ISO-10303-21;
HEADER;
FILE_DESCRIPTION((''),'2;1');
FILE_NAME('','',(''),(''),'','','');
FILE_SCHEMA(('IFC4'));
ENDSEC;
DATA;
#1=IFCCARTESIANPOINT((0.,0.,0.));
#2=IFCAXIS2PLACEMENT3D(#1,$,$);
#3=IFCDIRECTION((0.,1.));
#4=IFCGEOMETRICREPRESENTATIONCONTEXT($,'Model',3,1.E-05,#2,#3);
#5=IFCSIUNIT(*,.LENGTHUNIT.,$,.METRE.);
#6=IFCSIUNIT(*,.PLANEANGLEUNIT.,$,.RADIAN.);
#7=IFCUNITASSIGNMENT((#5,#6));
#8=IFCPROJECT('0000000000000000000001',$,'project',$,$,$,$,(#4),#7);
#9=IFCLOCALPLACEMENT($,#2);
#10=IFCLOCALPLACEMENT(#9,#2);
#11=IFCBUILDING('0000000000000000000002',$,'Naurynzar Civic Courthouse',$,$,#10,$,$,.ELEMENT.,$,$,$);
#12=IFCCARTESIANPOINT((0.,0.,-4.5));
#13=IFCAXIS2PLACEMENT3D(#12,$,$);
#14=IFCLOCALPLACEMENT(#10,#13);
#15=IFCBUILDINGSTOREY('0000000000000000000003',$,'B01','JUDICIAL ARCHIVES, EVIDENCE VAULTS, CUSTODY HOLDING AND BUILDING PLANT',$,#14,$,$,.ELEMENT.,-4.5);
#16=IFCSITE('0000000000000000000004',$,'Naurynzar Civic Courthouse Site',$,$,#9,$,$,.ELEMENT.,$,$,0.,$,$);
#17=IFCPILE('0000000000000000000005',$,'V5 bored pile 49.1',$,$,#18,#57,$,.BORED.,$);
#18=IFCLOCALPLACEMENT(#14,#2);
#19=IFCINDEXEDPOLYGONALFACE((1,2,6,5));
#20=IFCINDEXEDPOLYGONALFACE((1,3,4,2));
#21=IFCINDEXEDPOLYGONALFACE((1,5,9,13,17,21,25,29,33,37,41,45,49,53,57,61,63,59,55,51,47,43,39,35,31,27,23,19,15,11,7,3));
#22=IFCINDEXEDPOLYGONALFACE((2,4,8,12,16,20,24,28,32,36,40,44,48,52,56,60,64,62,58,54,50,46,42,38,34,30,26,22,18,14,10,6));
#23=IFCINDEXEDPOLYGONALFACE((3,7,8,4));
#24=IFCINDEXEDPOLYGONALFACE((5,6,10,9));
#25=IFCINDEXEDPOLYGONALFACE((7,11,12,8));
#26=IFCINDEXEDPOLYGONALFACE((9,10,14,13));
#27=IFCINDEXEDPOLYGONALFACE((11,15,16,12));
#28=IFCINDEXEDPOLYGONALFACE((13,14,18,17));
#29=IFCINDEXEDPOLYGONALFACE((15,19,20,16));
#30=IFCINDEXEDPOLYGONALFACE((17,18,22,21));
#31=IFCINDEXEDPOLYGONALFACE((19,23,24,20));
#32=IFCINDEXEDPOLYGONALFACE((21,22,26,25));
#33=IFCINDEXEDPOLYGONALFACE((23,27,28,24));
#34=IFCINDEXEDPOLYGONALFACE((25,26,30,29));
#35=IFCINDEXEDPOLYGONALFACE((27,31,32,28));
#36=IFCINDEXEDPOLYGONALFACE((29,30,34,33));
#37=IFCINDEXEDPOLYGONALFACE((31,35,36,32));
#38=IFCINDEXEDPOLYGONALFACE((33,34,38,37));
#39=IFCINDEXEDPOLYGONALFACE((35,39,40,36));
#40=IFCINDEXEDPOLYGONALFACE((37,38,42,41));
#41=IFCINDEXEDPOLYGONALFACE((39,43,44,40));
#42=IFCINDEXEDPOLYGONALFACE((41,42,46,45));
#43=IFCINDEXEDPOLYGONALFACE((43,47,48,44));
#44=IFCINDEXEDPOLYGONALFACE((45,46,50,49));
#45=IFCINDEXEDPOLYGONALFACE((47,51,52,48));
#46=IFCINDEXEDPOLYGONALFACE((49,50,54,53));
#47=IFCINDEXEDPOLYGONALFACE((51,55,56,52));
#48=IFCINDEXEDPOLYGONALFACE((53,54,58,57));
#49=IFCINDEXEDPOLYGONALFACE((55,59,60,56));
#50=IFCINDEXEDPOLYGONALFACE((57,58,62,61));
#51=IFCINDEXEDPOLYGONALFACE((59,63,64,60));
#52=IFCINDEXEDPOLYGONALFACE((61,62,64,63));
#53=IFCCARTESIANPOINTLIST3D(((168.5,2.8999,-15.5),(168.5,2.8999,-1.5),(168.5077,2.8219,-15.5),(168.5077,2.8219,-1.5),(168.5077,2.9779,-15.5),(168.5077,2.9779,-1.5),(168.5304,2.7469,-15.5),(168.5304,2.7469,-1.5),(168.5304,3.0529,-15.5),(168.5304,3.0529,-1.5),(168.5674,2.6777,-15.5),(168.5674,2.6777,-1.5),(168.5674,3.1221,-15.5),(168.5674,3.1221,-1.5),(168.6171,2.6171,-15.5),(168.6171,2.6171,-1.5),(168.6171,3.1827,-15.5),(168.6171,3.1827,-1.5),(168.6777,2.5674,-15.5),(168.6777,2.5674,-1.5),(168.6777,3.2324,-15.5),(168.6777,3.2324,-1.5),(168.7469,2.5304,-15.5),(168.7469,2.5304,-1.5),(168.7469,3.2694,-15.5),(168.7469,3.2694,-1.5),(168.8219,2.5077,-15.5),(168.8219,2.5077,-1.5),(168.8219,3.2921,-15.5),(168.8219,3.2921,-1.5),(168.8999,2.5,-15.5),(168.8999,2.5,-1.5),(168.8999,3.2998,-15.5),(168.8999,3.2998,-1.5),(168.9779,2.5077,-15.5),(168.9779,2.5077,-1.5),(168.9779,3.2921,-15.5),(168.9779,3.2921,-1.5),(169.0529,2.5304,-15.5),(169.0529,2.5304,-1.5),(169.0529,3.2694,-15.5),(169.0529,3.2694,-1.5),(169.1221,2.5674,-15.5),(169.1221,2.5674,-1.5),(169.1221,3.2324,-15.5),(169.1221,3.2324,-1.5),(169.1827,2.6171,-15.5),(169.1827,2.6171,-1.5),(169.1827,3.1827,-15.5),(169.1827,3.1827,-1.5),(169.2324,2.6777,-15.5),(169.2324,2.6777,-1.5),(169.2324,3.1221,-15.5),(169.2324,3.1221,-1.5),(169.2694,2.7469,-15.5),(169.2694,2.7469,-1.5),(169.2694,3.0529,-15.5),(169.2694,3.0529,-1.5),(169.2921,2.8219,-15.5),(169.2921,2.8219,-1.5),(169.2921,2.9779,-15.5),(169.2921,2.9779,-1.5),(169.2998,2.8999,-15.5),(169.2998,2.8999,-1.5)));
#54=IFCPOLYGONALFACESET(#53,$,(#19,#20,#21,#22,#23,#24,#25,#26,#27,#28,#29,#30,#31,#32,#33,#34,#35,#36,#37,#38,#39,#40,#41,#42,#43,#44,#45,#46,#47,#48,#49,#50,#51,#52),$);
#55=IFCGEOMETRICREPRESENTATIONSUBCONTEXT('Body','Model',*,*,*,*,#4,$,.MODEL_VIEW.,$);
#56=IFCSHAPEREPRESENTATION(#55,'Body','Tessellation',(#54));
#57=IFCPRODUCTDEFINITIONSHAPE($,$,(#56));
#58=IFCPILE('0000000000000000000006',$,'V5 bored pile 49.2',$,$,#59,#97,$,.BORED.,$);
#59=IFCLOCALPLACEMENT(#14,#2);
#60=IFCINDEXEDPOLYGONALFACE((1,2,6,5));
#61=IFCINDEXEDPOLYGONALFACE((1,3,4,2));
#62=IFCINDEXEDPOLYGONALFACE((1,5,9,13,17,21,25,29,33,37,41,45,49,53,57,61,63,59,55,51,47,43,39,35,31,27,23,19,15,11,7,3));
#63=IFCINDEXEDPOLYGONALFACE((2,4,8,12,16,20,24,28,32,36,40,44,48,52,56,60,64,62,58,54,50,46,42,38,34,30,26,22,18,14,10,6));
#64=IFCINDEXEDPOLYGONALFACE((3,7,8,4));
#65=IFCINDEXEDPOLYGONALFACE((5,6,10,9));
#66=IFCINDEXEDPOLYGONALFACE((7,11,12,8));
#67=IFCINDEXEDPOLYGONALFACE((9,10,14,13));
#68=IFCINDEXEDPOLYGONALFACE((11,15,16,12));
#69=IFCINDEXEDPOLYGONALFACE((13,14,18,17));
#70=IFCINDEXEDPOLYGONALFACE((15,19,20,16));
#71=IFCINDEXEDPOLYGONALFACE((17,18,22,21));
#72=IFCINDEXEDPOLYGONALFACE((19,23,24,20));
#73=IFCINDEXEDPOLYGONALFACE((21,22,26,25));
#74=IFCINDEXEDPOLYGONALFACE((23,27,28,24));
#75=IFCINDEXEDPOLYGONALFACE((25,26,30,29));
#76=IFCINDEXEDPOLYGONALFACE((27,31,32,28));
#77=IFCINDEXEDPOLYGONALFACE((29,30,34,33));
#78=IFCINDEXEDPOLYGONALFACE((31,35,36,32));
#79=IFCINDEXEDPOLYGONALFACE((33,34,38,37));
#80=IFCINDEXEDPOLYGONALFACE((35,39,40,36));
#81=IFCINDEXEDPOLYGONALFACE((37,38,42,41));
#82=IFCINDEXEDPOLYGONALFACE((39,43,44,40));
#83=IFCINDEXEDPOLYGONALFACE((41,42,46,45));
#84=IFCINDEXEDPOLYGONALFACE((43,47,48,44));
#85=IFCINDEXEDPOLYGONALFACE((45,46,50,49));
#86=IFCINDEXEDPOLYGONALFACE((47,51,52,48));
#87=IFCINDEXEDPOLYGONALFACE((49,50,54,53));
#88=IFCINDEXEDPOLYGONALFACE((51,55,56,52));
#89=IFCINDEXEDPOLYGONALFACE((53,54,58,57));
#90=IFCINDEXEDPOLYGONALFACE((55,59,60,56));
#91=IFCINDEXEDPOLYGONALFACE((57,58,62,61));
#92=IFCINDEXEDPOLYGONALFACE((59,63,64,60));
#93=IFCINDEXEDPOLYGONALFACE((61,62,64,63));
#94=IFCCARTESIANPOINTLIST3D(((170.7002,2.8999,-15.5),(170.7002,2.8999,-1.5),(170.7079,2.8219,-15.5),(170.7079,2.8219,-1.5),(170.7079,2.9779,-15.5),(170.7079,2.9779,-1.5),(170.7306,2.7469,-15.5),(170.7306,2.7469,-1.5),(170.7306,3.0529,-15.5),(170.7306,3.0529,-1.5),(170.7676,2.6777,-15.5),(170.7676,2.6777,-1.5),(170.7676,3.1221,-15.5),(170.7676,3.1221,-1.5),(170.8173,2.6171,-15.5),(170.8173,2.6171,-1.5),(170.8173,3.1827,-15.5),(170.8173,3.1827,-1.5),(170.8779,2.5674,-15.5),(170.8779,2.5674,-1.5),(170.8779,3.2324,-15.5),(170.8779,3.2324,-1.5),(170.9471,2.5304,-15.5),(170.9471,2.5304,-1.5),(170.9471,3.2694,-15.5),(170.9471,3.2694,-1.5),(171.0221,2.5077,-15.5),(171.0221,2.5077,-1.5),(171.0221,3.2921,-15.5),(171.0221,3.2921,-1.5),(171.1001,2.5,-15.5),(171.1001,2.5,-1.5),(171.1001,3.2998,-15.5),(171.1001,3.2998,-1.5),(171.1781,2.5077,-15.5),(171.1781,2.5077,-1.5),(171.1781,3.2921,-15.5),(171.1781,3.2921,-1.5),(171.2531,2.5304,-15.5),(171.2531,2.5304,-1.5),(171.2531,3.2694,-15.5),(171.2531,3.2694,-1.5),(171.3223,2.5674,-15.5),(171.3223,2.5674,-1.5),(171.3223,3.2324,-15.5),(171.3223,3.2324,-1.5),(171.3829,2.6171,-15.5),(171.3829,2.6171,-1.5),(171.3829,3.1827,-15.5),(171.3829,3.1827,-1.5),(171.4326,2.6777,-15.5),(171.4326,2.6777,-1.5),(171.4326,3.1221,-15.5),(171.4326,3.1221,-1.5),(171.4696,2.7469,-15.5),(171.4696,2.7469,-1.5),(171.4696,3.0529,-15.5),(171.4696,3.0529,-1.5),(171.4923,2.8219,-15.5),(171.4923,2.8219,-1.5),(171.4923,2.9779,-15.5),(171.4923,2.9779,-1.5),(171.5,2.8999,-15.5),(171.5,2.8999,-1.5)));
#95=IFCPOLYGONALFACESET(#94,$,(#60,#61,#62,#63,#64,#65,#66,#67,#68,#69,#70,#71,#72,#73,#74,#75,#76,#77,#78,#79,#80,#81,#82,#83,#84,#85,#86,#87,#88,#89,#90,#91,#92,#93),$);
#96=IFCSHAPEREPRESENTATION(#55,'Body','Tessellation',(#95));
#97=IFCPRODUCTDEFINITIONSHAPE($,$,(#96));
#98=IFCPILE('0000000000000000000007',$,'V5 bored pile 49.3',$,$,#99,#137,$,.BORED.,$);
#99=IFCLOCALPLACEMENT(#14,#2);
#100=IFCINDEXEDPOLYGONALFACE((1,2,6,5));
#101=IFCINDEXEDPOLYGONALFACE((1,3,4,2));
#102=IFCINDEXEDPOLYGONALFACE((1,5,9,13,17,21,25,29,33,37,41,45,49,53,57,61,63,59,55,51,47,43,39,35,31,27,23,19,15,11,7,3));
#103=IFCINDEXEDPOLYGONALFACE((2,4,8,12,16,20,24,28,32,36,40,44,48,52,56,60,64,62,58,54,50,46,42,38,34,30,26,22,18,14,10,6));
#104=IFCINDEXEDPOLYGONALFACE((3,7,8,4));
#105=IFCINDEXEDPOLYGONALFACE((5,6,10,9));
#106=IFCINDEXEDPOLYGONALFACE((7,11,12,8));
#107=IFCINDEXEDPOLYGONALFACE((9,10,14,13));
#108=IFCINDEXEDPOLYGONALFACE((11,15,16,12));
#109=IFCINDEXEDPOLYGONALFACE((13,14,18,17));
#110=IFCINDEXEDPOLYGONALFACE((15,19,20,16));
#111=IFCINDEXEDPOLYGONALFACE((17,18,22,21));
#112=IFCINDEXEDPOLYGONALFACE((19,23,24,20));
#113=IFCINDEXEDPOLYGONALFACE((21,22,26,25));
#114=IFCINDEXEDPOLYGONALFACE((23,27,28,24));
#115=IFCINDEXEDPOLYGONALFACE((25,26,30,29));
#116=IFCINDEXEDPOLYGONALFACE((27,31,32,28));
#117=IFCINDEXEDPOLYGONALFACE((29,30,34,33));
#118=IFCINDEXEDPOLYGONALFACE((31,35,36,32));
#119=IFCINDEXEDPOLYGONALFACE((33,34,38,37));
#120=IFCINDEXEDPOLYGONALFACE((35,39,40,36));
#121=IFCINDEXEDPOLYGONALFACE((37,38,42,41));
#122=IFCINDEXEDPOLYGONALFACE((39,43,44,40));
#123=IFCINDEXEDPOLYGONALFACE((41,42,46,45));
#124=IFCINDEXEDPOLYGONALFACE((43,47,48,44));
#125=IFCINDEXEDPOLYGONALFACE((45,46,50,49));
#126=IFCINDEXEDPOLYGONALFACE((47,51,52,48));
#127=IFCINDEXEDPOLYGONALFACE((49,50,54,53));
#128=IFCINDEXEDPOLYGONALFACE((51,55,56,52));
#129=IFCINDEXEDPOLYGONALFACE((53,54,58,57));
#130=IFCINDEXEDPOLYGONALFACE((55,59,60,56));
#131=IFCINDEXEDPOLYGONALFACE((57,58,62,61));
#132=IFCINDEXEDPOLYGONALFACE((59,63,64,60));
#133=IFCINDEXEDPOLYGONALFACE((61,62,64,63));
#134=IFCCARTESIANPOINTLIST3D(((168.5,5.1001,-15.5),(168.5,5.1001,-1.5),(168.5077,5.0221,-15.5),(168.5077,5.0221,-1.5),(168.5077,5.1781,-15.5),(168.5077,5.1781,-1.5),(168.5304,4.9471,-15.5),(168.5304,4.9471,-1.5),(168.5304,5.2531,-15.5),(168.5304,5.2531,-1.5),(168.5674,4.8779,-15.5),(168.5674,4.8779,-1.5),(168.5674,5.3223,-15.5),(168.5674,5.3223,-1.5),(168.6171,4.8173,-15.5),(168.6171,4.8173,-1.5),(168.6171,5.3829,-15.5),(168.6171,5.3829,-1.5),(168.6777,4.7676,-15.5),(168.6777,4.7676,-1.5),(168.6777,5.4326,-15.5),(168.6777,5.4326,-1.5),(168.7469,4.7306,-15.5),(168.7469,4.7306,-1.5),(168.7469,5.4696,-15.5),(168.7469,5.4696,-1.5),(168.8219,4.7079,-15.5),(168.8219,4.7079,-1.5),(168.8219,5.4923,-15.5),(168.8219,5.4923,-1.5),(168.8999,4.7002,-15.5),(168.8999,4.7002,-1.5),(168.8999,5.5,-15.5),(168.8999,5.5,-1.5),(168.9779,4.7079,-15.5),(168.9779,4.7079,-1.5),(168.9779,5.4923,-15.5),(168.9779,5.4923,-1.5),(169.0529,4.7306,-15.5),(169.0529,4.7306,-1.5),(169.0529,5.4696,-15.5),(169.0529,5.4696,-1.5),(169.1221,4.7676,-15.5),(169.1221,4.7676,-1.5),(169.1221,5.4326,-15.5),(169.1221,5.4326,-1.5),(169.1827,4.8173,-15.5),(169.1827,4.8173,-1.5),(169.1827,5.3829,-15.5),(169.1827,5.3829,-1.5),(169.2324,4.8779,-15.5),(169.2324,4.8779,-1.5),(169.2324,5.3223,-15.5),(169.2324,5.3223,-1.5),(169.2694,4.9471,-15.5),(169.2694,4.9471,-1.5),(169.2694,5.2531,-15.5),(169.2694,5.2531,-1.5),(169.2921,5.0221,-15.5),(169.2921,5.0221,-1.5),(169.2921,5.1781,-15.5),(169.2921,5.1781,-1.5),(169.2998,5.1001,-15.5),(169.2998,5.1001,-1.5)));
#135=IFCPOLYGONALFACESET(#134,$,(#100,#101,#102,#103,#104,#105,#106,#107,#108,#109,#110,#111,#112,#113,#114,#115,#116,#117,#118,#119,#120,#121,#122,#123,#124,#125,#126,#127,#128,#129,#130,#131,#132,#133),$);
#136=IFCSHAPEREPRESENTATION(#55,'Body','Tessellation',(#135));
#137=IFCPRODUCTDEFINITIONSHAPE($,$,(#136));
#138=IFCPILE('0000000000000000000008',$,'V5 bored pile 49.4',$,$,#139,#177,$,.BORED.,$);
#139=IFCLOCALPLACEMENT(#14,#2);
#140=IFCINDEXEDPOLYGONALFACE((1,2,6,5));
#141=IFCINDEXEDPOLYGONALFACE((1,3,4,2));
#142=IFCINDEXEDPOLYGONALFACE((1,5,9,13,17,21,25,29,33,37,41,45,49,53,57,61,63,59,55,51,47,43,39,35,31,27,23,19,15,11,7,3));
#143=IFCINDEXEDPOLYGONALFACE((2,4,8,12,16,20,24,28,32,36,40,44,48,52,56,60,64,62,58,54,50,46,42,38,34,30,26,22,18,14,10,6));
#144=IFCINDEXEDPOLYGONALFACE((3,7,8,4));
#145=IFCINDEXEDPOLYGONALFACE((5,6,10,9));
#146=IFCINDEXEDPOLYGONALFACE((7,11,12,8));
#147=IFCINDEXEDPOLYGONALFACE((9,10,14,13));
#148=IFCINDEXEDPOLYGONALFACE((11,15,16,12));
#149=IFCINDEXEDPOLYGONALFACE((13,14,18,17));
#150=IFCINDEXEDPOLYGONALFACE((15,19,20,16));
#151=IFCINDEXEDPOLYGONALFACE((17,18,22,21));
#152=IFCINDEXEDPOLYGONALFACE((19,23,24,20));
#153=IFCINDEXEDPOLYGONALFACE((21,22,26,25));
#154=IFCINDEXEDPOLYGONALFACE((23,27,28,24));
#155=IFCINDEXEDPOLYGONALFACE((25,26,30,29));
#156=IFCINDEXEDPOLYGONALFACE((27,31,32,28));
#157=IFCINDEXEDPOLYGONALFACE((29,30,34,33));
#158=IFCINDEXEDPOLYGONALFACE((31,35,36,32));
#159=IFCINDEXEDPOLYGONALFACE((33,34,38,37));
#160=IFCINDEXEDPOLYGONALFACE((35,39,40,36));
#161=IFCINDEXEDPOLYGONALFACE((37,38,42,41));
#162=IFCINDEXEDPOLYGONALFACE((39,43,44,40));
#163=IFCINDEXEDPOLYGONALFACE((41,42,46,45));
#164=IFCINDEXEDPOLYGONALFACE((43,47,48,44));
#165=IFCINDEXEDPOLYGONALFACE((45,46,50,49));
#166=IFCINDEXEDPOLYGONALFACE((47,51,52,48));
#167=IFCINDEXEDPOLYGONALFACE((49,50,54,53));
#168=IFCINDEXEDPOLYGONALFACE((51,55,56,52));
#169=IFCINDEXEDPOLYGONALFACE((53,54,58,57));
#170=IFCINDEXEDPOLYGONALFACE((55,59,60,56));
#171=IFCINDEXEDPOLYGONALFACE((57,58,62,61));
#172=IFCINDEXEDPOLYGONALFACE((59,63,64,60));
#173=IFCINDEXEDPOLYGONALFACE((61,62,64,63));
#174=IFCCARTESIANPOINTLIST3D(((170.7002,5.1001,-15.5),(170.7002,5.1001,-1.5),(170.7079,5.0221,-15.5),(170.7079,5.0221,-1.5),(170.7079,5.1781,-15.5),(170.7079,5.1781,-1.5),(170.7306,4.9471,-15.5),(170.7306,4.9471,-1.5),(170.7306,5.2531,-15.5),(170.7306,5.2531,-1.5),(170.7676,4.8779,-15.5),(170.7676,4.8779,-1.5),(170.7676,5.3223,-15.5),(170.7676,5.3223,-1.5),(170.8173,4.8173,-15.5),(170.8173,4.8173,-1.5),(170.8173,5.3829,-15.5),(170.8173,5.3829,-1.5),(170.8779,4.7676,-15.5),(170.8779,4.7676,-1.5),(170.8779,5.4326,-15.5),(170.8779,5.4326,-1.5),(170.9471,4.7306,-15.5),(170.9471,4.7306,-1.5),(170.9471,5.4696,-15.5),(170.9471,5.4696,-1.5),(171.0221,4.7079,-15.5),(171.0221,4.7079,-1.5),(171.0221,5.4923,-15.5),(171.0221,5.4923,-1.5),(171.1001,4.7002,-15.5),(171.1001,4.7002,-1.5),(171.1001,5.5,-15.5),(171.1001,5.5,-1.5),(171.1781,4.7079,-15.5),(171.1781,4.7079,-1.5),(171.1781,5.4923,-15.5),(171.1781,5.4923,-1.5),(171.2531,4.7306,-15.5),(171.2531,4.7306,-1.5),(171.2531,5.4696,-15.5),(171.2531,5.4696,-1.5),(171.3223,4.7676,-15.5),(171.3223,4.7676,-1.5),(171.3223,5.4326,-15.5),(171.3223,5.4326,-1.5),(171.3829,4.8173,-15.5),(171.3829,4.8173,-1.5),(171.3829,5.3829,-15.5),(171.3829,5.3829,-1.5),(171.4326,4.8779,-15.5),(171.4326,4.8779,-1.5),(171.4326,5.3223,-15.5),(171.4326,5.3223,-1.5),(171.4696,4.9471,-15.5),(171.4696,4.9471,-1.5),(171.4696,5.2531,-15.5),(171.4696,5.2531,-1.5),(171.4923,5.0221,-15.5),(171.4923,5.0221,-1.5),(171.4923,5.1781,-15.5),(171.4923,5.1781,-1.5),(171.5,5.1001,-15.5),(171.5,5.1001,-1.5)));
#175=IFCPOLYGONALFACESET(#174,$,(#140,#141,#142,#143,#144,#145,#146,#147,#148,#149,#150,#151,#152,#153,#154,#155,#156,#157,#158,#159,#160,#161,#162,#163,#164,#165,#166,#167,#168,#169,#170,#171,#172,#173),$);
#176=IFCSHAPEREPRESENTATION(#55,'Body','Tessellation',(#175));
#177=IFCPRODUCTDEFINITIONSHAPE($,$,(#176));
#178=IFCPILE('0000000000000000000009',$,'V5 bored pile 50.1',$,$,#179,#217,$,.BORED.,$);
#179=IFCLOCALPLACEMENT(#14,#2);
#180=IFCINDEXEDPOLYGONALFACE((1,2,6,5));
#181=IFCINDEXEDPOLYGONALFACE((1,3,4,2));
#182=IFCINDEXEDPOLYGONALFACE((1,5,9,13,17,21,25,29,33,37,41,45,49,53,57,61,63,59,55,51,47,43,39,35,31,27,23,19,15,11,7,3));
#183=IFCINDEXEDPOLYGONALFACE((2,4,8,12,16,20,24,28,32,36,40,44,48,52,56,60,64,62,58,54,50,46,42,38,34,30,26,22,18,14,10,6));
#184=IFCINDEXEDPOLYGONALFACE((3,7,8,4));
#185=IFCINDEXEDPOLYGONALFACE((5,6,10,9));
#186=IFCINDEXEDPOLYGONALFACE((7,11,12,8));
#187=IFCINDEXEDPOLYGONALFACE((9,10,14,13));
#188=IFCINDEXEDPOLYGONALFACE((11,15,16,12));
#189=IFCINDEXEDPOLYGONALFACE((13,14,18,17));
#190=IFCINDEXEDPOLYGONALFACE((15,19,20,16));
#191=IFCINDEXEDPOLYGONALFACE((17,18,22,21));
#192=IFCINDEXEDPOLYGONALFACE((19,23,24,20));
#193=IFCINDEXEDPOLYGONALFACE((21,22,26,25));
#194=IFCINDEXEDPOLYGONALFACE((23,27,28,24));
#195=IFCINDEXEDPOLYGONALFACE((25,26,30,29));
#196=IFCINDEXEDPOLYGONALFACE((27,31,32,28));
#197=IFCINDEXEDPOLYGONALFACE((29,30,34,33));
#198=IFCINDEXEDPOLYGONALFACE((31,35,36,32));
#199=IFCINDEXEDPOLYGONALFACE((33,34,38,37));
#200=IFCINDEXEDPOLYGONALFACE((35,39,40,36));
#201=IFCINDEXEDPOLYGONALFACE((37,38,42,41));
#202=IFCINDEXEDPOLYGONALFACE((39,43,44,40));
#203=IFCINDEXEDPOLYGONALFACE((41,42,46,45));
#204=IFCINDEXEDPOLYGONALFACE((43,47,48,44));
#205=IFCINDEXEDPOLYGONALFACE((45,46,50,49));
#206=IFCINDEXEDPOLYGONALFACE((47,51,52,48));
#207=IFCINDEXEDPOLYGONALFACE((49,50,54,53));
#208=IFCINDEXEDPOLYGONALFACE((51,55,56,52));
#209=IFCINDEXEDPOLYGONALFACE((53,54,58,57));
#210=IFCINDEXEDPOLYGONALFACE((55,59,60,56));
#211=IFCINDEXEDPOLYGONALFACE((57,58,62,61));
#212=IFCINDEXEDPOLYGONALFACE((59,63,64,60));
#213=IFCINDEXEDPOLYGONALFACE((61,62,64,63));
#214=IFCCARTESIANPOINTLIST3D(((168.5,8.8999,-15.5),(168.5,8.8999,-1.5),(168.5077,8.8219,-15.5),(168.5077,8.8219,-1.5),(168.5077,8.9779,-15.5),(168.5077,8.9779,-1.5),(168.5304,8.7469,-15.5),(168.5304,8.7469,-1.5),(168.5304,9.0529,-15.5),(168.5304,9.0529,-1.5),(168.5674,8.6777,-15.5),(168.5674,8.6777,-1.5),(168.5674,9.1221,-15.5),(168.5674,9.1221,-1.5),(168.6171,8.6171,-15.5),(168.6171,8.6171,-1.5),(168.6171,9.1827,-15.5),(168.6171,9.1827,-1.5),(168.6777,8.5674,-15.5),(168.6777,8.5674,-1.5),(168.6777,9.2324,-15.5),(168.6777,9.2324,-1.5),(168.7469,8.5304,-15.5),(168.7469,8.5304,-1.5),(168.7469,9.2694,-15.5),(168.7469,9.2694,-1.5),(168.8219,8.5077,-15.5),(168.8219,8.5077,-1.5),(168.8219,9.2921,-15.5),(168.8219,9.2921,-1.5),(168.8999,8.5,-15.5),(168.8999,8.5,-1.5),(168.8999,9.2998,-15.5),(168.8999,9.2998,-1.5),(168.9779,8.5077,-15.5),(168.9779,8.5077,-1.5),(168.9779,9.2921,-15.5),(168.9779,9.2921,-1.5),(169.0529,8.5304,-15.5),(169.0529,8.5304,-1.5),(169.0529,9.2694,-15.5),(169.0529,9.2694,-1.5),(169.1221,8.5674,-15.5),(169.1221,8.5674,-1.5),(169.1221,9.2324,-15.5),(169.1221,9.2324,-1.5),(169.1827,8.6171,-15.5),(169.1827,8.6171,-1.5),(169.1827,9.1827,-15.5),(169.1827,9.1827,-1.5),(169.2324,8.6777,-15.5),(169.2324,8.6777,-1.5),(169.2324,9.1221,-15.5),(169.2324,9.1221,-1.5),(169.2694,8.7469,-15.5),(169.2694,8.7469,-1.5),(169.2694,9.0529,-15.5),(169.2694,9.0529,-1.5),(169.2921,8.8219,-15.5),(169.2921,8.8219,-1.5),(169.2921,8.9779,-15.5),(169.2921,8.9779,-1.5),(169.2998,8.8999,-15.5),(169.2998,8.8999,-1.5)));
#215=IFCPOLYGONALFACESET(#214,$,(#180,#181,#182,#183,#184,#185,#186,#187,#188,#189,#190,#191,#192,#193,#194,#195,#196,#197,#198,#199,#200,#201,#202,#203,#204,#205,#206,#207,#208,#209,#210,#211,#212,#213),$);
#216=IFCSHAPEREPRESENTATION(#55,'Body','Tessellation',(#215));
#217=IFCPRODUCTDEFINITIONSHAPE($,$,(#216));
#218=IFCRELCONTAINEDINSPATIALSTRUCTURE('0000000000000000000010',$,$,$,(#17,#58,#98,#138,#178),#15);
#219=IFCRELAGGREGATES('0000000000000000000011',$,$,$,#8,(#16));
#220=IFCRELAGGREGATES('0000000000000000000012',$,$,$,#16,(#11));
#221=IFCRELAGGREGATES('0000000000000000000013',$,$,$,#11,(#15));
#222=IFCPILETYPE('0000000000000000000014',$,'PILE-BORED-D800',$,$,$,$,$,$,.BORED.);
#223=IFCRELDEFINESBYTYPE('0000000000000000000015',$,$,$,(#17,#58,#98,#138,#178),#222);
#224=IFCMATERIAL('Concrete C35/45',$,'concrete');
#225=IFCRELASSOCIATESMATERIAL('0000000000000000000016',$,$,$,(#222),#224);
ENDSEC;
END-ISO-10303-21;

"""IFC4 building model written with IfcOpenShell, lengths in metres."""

from ifc_helpers import new_model, si_unit, direction, frame, origin, origin_2d, place, context, subcontext, project, spatial, circle, extrude, material, material_profile, profile_set, type_object, element, save


model = new_model("IFC4")

# Units and contexts
model_context = context("Model", 3, precision=1e-05, world=origin(), true_north=direction((0.0, 1.0)))
body_context = subcontext(model_context, "Body", "Model", "MODEL_VIEW")
ifc_project = project(units=[si_unit("LENGTHUNIT", "METRE"), si_unit("PLANEANGLEUNIT", "RADIAN")], contexts=[model_context])

# Site, building, storey
site_placement = place(None, origin())
site = spatial("IfcSite", under=ifc_project, at=site_placement, Name="Naurynzar Civic Courthouse Site", CompositionType="ELEMENT", RefElevation=0.0)
building_placement = place(site_placement, origin())
building = spatial("IfcBuilding", under=site, at=building_placement, Name="Naurynzar Civic Courthouse", CompositionType="ELEMENT")
storey_placement = place(building_placement, frame((0.0, 0.0, -4.5)))
storey = spatial("IfcBuildingStorey", under=building, at=storey_placement, Name="B01", Description="JUDICIAL ARCHIVES, EVIDENCE VAULTS, CUSTODY HOLDING AND BUILDING PLANT", CompositionType="ELEMENT", Elevation=-4.5)

# Piles
ifc_material_1 = material(Name="Concrete C35/45", Category="concrete")
ifc_material_profile_1 = material_profile(ifc_material_1, circle(Radius=0.3999, at=origin_2d()), Name="PILE D800")
ifc_profile_set_1 = profile_set([ifc_material_profile_1], Name="Concrete C35/45")
pile_type_1 = type_object("IfcPileType", Name="PILE-BORED-D800", PredefinedType="BORED", material=ifc_profile_set_1)
for number, where, z_axis, x_axis, name in (
    (1, (168.8999, 2.8999, -1.5), (0.0, 0.0, -1.0), (1.0, 0.0, 0.0), "V5 bored pile 49.1"),
    (2, (171.1001, 2.8999, -1.5), (0.0, 0.0, -1.0), (1.0, 0.0, 0.0), "V5 bored pile 49.2"),
    (3, (168.8999, 5.1001, -1.5), (0.0, 0.0, -1.0), (1.0, 0.0, 0.0), "V5 bored pile 49.3"),
    (4, (171.1001, 5.1001, -1.5), (0.0, 0.0, -1.0), (1.0, 0.0, 0.0), "V5 bored pile 49.4"),
    (5, (168.8999, 8.8999, -1.5), (0.0, 0.0, -1.0), (1.0, 0.0, 0.0), "V5 bored pile 50.1"),
):
    element("IfcPile", number, at=place(storey_placement, frame(where, z_axis=z_axis, x_axis=x_axis)), inside=storey, type_object=pile_type_1, Name=name, PredefinedType="BORED", context=body_context, shape_type="SweptSolid", body=[
        extrude(circle(Radius=0.3999, at=origin_2d()), origin(), (0.0, 0.0, 1.0), 14.0),
    ])

save(model, "model.ifc")
